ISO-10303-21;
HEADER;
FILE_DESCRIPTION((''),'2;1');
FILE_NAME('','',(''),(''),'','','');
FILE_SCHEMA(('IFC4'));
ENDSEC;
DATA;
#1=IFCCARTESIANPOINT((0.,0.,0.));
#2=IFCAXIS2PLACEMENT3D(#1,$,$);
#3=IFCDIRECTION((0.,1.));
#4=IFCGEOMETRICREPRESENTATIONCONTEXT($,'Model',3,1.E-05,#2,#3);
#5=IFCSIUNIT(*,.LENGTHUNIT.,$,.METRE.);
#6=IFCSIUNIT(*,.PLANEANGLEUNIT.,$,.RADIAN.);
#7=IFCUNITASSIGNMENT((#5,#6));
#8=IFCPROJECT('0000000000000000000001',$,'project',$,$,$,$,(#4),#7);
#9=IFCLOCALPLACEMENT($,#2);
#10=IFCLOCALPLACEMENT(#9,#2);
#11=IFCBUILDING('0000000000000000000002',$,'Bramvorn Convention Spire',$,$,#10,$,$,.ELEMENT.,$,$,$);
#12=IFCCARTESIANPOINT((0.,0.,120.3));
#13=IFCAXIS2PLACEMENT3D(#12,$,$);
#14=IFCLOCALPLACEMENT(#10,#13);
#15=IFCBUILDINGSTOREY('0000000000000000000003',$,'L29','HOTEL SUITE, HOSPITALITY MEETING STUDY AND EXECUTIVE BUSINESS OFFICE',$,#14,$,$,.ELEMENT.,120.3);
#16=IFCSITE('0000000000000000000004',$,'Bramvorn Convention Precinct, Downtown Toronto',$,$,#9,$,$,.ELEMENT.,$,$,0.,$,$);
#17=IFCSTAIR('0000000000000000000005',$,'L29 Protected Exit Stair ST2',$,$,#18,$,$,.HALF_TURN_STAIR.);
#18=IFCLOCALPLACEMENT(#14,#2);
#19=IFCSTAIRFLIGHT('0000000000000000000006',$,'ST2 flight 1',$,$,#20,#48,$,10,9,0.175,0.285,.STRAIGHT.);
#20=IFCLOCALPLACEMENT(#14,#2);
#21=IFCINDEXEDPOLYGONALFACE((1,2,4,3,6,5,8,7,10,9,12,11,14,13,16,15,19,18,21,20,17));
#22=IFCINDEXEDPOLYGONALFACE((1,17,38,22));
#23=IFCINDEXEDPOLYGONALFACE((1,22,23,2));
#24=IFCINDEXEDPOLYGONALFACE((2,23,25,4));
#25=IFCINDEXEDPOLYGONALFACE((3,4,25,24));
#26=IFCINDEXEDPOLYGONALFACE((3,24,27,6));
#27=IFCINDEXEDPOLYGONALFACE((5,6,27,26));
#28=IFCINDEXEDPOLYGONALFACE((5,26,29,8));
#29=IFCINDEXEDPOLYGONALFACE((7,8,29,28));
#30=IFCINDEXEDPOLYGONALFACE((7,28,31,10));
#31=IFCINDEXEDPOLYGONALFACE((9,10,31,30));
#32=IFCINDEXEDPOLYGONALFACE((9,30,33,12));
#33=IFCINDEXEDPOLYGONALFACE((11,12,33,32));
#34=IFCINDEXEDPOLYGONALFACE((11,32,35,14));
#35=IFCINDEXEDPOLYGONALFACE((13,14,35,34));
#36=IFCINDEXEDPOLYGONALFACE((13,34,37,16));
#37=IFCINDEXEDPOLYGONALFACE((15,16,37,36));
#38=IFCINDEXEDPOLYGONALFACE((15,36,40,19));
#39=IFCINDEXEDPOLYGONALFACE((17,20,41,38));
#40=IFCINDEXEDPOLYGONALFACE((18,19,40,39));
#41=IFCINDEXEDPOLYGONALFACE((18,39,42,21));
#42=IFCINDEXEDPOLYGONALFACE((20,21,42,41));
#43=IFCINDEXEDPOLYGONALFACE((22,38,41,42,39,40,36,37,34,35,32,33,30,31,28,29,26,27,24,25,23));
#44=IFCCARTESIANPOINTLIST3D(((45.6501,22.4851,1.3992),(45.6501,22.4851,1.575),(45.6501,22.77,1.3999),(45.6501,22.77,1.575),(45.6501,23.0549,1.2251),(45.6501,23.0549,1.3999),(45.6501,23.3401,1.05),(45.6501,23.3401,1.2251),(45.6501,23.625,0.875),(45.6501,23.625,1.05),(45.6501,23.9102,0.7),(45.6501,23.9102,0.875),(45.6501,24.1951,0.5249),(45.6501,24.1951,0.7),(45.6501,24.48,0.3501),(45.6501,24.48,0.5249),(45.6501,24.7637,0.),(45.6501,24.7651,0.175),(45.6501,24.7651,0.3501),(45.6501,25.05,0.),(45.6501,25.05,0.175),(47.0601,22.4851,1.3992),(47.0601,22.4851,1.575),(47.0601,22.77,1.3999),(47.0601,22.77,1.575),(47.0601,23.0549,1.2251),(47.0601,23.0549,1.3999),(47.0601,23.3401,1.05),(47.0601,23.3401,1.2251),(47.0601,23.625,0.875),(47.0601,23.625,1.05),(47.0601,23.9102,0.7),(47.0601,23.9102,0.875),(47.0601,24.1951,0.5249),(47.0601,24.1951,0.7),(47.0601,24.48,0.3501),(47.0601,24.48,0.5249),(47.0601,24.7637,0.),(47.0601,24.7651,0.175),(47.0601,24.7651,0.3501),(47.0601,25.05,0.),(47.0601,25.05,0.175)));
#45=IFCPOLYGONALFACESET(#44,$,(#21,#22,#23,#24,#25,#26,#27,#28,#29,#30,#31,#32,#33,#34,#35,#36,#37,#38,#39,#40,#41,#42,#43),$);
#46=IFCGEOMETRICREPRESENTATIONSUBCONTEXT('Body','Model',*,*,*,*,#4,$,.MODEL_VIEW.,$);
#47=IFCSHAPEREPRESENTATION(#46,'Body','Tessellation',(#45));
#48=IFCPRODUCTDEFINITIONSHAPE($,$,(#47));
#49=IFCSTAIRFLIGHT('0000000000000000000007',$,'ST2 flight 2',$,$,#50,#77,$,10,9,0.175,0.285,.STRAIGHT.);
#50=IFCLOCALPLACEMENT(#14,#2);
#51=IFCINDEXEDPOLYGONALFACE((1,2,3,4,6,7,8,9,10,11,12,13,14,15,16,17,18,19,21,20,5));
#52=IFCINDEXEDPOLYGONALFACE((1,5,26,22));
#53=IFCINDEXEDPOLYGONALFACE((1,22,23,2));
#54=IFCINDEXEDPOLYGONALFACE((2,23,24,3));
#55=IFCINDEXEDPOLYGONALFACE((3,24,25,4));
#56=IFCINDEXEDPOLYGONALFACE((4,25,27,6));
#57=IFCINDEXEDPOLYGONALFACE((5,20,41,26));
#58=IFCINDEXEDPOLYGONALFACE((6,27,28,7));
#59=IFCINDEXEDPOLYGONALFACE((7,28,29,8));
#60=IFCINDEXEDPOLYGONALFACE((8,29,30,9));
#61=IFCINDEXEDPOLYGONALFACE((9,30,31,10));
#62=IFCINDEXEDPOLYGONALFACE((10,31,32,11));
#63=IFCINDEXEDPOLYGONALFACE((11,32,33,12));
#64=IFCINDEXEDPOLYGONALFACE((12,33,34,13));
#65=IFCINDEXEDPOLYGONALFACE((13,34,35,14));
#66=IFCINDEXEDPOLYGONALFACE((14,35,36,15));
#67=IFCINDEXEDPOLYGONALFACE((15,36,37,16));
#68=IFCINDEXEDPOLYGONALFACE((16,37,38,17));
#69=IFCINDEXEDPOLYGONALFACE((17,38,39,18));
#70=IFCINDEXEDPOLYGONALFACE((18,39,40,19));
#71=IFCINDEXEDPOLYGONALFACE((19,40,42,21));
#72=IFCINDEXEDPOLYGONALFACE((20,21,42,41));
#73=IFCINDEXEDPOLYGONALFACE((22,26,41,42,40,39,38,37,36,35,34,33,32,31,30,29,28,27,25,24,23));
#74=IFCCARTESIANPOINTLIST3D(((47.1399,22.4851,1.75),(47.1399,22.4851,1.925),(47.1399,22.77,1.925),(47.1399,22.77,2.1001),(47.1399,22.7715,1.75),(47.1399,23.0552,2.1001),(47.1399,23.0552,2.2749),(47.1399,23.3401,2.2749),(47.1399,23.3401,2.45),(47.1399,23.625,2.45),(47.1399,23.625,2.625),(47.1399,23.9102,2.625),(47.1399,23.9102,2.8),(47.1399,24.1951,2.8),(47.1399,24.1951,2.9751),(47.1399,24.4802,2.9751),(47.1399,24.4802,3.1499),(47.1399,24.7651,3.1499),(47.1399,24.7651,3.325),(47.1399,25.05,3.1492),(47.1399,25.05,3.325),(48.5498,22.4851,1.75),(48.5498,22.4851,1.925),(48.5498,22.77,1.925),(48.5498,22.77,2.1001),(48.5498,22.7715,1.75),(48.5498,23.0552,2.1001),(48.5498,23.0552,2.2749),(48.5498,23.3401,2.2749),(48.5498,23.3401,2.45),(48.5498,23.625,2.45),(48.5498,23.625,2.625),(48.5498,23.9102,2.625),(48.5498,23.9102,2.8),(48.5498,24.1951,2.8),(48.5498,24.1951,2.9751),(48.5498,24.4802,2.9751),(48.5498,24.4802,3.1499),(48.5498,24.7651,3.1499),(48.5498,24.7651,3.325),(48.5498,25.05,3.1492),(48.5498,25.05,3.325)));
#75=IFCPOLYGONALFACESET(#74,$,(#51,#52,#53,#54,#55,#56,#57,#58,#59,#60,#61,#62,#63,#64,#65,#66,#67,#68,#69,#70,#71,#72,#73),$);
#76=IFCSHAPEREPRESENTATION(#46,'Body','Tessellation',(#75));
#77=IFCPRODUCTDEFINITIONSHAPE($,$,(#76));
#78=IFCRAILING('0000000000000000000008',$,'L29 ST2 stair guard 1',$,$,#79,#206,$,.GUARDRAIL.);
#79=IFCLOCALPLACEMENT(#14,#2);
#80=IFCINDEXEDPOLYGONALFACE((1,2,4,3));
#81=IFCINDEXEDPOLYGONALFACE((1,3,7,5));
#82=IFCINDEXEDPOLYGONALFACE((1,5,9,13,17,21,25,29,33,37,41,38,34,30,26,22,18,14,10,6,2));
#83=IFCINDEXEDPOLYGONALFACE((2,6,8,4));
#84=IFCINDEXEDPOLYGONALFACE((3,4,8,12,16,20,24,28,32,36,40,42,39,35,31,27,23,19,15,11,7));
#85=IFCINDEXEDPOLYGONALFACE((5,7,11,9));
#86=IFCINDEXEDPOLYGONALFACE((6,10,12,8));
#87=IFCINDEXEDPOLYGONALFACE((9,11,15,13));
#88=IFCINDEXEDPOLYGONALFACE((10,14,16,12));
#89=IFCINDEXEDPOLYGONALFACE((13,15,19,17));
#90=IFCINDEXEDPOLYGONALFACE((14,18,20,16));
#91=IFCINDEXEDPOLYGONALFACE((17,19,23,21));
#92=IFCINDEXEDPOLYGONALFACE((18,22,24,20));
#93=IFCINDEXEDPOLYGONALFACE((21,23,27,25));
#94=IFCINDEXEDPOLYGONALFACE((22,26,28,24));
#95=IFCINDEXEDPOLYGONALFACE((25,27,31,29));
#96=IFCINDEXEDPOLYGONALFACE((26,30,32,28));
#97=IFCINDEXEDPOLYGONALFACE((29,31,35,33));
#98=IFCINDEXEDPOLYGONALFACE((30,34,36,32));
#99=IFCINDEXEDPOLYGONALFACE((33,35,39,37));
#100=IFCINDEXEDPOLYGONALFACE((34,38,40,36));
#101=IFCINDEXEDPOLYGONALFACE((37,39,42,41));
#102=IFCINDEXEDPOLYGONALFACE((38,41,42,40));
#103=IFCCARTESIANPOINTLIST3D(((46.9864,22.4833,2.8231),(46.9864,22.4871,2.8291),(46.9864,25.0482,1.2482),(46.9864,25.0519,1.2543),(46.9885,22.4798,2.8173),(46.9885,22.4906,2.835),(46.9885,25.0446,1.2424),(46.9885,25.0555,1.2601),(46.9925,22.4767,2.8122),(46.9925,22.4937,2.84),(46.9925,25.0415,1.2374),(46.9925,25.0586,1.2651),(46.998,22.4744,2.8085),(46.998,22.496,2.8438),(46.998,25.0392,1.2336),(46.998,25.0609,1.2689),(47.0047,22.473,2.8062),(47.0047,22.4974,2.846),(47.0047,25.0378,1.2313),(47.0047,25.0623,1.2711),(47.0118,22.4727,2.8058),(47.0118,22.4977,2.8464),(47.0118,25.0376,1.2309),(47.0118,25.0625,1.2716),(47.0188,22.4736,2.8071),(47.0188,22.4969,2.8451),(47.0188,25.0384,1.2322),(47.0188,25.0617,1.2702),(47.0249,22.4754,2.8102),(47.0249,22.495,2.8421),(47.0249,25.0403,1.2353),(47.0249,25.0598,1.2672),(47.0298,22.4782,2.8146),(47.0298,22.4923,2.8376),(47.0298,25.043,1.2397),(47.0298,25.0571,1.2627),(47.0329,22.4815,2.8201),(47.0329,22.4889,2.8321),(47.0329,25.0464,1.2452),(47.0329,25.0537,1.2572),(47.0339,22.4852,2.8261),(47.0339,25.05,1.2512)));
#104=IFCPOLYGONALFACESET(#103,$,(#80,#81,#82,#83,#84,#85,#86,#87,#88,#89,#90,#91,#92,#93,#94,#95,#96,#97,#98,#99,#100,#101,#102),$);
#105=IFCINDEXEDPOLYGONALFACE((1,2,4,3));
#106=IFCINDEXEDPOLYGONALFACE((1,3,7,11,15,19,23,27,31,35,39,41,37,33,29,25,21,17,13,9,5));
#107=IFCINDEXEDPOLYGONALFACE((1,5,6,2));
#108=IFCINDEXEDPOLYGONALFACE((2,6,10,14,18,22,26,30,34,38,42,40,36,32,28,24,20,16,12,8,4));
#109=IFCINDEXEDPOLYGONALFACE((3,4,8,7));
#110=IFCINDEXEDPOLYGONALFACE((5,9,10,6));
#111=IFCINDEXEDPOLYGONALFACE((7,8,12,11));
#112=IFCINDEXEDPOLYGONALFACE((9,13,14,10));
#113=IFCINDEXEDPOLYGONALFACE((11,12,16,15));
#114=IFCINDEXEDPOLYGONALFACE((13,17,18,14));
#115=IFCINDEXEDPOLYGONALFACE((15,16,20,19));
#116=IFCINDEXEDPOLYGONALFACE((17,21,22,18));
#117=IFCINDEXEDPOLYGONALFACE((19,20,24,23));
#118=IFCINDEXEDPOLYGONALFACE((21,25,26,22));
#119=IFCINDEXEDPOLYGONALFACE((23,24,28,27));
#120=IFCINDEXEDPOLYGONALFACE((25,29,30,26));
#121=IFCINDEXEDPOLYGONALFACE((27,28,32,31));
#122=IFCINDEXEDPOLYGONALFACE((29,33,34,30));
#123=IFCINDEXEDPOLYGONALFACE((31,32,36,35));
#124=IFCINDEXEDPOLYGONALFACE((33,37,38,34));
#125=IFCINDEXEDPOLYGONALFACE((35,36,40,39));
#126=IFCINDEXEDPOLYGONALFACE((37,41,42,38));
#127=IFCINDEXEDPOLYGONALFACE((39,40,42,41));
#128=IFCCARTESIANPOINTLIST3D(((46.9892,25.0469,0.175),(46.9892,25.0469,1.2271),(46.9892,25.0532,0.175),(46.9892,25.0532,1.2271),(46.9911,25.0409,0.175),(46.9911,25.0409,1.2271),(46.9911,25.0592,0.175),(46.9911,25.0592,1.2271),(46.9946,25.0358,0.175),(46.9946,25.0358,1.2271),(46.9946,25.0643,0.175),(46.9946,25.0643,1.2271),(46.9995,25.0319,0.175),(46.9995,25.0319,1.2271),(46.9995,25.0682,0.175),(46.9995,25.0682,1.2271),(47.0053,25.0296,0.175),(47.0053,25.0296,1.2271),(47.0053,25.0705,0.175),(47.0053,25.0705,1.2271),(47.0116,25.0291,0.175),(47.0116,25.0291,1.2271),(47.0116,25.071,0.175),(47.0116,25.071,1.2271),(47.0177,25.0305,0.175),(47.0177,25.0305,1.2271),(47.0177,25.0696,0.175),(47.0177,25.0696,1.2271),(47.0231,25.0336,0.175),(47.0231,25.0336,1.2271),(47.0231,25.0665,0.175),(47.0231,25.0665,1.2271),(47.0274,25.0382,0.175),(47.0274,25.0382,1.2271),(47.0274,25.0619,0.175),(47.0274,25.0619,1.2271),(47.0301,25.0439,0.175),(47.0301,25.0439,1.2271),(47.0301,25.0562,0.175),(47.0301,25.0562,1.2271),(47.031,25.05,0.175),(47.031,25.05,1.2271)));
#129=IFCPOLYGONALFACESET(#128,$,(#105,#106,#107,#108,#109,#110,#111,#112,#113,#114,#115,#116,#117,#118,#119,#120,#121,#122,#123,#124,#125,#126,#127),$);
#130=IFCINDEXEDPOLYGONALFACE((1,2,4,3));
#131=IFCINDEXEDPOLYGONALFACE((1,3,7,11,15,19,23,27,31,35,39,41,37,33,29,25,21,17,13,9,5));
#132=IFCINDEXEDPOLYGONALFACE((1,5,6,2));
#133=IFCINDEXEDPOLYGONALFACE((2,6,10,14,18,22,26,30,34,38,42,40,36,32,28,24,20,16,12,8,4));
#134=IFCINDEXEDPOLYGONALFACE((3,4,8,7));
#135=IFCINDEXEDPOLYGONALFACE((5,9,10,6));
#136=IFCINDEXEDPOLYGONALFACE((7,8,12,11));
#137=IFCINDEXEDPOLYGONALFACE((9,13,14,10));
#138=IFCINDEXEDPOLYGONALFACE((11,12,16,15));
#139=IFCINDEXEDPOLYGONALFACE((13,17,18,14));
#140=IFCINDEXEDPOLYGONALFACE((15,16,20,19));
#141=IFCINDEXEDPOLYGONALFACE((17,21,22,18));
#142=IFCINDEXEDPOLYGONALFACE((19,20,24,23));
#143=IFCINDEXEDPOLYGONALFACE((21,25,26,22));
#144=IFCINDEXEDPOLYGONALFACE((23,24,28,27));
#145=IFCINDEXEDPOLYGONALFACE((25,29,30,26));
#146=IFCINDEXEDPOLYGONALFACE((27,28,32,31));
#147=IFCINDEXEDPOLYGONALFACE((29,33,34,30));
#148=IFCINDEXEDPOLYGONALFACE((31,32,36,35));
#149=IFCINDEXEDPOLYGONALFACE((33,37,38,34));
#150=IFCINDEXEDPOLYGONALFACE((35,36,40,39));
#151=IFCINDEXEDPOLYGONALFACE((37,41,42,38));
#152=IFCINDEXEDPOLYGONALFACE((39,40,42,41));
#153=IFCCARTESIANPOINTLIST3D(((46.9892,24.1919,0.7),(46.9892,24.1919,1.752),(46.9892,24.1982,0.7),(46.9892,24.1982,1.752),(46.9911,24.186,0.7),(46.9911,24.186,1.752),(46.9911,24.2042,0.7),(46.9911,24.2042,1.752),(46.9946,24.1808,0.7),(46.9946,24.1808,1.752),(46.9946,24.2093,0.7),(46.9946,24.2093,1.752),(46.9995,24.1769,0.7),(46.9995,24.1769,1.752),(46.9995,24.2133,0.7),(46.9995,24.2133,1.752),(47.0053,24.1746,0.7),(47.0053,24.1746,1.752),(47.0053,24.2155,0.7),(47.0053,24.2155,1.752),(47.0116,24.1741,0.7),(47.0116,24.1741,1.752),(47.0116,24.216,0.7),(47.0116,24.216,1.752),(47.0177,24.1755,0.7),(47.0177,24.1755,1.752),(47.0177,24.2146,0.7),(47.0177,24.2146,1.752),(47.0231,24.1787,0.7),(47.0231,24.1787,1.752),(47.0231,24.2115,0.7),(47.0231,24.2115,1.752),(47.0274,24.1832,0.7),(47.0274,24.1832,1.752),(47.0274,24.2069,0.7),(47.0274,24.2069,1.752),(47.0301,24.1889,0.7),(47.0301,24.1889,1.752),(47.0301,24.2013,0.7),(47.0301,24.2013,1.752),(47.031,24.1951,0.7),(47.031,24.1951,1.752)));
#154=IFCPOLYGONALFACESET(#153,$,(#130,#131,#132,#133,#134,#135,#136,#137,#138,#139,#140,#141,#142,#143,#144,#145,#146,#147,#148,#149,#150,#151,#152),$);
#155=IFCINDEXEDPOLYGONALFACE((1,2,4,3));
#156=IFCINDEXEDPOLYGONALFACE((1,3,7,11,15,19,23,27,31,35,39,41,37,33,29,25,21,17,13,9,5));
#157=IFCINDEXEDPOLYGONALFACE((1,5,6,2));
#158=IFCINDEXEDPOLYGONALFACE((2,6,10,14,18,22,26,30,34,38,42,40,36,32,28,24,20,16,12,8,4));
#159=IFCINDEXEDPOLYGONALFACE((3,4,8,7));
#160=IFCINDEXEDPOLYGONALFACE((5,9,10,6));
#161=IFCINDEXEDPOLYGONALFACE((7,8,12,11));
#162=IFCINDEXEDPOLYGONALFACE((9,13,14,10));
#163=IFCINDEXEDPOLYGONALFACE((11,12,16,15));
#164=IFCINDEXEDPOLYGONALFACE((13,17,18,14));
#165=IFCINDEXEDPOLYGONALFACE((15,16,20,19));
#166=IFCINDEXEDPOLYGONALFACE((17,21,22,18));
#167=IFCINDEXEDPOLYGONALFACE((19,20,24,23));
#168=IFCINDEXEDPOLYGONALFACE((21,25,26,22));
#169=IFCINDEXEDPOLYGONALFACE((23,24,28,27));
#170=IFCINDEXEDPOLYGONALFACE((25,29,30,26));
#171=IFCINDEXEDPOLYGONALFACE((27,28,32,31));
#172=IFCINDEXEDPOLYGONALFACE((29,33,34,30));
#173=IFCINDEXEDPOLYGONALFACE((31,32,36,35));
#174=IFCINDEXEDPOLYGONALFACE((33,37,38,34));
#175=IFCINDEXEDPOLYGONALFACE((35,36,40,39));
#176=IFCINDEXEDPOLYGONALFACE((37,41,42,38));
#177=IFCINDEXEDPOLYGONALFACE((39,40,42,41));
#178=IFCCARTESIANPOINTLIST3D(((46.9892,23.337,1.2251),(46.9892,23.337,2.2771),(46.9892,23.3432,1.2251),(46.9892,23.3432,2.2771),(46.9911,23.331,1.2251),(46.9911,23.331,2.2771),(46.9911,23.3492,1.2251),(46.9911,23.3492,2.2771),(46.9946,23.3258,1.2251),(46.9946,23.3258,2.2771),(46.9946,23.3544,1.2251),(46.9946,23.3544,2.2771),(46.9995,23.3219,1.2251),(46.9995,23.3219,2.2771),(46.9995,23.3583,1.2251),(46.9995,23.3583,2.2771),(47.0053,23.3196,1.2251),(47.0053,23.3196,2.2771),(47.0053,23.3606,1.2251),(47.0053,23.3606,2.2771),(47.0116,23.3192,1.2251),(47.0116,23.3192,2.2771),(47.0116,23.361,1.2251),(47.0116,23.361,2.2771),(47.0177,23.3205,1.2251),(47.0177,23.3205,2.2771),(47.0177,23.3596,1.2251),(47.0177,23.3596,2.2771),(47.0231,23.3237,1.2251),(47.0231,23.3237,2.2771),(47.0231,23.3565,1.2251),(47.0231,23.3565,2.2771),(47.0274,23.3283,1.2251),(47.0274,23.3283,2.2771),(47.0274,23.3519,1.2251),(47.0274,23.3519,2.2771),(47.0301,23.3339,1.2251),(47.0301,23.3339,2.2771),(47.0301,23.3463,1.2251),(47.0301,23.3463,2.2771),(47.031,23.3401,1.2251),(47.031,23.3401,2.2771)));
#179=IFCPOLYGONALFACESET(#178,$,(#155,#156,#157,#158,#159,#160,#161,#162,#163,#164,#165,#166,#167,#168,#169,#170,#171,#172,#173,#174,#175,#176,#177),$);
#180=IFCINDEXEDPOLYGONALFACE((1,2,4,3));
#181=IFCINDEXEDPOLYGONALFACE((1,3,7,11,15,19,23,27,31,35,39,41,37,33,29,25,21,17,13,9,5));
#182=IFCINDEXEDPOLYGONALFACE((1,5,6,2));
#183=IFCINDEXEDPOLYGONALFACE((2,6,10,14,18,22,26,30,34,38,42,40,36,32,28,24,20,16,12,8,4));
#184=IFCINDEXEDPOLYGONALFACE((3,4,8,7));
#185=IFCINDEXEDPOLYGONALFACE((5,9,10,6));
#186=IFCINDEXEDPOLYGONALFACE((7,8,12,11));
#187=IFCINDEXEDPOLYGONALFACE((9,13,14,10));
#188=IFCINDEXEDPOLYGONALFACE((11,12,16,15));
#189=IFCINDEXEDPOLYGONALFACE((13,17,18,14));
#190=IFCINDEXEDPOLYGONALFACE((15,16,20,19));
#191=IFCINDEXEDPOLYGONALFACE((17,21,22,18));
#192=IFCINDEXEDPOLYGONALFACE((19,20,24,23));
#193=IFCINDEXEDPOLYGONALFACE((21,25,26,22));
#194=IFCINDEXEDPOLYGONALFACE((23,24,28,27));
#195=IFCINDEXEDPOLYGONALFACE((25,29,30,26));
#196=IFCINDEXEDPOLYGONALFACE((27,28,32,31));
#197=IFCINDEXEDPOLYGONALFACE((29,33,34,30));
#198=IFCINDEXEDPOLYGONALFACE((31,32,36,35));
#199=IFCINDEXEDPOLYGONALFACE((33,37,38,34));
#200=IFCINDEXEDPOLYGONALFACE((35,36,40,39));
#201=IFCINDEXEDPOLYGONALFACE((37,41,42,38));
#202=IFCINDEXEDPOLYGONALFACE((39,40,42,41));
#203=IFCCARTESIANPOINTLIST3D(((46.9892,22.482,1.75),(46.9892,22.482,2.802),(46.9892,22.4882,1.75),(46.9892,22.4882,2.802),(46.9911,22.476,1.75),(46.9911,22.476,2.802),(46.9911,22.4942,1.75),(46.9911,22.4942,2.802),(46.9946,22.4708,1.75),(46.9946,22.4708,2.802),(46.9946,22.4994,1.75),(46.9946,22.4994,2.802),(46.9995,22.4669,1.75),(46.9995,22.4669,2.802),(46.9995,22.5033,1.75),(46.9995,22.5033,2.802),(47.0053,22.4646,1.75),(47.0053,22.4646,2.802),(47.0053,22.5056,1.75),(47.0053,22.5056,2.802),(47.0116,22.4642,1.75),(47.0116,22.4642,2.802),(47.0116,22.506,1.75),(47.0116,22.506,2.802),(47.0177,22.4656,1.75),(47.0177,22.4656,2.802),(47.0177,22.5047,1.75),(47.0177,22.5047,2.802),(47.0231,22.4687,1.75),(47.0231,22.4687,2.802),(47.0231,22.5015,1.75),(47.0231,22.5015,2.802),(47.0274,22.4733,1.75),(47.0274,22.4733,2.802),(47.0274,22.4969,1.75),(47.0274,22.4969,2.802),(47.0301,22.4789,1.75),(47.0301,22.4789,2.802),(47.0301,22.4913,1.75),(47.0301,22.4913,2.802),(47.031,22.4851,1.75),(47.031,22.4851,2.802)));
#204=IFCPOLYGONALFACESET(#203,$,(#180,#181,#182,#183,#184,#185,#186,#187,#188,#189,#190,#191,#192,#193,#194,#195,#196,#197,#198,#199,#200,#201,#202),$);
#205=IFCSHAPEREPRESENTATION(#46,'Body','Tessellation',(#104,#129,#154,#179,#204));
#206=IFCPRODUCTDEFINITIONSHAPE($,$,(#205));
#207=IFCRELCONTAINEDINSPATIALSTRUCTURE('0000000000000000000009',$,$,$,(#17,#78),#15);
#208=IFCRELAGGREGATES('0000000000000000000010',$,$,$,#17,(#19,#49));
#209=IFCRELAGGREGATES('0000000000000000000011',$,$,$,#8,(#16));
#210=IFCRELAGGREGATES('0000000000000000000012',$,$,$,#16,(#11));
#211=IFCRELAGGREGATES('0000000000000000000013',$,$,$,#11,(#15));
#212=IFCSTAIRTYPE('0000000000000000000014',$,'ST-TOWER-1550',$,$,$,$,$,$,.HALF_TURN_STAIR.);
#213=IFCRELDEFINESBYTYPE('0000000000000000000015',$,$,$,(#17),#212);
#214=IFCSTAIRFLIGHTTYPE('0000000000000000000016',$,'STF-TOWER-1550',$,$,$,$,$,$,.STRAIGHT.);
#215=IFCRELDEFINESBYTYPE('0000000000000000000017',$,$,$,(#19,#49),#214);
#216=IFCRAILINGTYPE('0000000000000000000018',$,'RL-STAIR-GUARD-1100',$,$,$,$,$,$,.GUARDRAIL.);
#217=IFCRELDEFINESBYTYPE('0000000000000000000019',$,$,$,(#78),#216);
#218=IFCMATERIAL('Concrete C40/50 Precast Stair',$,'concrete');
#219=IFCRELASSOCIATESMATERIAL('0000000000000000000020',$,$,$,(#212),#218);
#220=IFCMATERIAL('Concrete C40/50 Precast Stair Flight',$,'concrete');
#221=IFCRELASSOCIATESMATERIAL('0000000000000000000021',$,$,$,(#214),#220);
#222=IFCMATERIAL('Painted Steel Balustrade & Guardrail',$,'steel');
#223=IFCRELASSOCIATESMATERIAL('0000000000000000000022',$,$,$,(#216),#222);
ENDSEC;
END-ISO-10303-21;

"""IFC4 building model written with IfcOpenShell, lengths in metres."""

from ifc_helpers import new_model, si_unit, direction, frame, origin, origin_2d, place, context, subcontext, project, spatial, polyline, circle, outline, extrude, material, type_object, element, aggregate, save


model = new_model("IFC4")

# Units and contexts
model_context = context("Model", 3, precision=1e-05, world=origin(), true_north=direction((0.0, 1.0)))
body_context = subcontext(model_context, "Body", "Model", "MODEL_VIEW")
ifc_project = project(units=[si_unit("LENGTHUNIT", "METRE"), si_unit("PLANEANGLEUNIT", "RADIAN")], contexts=[model_context])

# Site, building, storey
site_placement = place(None, origin())
site = spatial("IfcSite", under=ifc_project, at=site_placement, Name="Bramvorn Convention Precinct, Downtown Toronto", CompositionType="ELEMENT", RefElevation=0.0)
building_placement = place(site_placement, origin())
building = spatial("IfcBuilding", under=site, at=building_placement, Name="Bramvorn Convention Spire", CompositionType="ELEMENT")
storey_placement = place(building_placement, frame((0.0, 0.0, 120.3)))
storey = spatial("IfcBuildingStorey", under=building, at=storey_placement, Name="L29", Description="HOTEL SUITE, HOSPITALITY MEETING STUDY AND EXECUTIVE BUSINESS OFFICE", CompositionType="ELEMENT", Elevation=120.3)

# Stair, stair flights
ifc_material_1 = material(Name="Concrete C40/50 Precast Stair", Category="concrete")
stair_type = type_object("IfcStairType", Name="ST-TOWER-1550", PredefinedType="HALF_TURN_STAIR", material=ifc_material_1)
stair_placement = place(storey_placement, origin())
stair = element("IfcStair", 1, at=stair_placement, inside=storey, type_object=stair_type, Name="L29 Protected Exit Stair ST2", PredefinedType="HALF_TURN_STAIR")
ifc_material_2 = material(Name="Concrete C40/50 Precast Stair Flight", Category="concrete")
stair_flight_type = type_object("IfcStairFlightType", Name="STF-TOWER-1550", PredefinedType="STRAIGHT", material=ifc_material_2)
stair_flight_1_placement = place(storey_placement, frame((46.355, 25.05, 0.0), z_axis=(0.0, 0.0, 1.0), x_axis=(0.0, -1.0, 0.0)))
stair_flight_1 = element("IfcStairFlight", 2, at=stair_flight_1_placement, type_object=stair_flight_type, Name="ST2 flight 1", NumberOfRisers=10, NumberOfTreads=9, PredefinedType="STRAIGHT", RiserHeight=0.175, TreadLength=0.285, context=body_context, shape_type="SweptSolid", body=[
    extrude(outline(polyline([(0.0, 0.0), (0.0, 0.175), (0.2849, 0.175), (0.2849, 0.3501), (0.5701, 0.3501), (0.5701, 0.5249), (0.855, 0.5249), (0.855, 0.7), (1.1399, 0.7), (1.1399, 0.875), (1.425, 0.875), (1.425, 1.05), (1.71, 1.05), (1.71, 1.2251), (1.9951, 1.2251), (1.9951, 1.3999), (2.28, 1.3999), (2.28, 1.575), (2.5649, 1.575), (2.5649, 1.75), (2.5649, 1.3992), (0.2864, 0.0), (0.0, 0.0)])), frame((0.0, 0.7051, 0.0), z_axis=(0.0, -1.0, 0.0), x_axis=(1.0, 0.0, 0.0)), (0.0, 0.0, 1.0), 1.4099),
])
stair_flight_2_placement = place(storey_placement, frame((47.845, 22.4851, 1.75), z_axis=(0.0, 0.0, 1.0), x_axis=(0.0, 1.0, 0.0)))
stair_flight_2 = element("IfcStairFlight", 3, at=stair_flight_2_placement, type_object=stair_flight_type, Name="ST2 flight 2", NumberOfRisers=10, NumberOfTreads=9, PredefinedType="STRAIGHT", RiserHeight=0.175, TreadLength=0.285, context=body_context, shape_type="SweptSolid", body=[
    extrude(outline(polyline([(0.0, 0.0), (0.0, 0.175), (0.2849, 0.175), (0.2849, 0.3501), (0.5701, 0.3501), (0.5701, 0.5249), (0.855, 0.5249), (0.855, 0.7), (1.1399, 0.7), (1.1399, 0.875), (1.425, 0.875), (1.425, 1.05), (1.71, 1.05), (1.71, 1.2251), (1.9951, 1.2251), (1.9951, 1.3999), (2.28, 1.3999), (2.28, 1.575), (2.5649, 1.575), (2.5649, 1.75), (2.5649, 1.3992), (0.2864, 0.0), (0.0, 0.0)])), frame((0.0, 0.7051, 0.0), z_axis=(0.0, -1.0, 0.0), x_axis=(1.0, 0.0, 0.0)), (0.0, 0.0, 1.0), 1.4099),
])
aggregate(stair, [stair_flight_1, stair_flight_2])

# Railing
ifc_material_3 = material(Name="Painted Steel Balustrade & Guardrail", Category="steel")
railing_type_1 = type_object("IfcRailingType", Name="RL-STAIR-GUARD-1100", PredefinedType="GUARDRAIL", material=ifc_material_3)
railing_1_placement = place(storey_placement, frame((47.01, 25.05, 0.175)))
element("IfcRailing", 4, at=railing_1_placement, inside=storey, type_object=railing_type_1, Name="L29 ST2 stair guard 1", PredefinedType="GUARDRAIL", context=body_context, shape_type="SweptSolid", body=[
    extrude(circle(Radius=0.0239, at=origin_2d()), frame((0.0, 0.0, 1.0762), z_axis=(0.0, -0.852173, 0.52326), x_axis=(1.0, 0.0, 0.0)), (0.0, 0.0, 1.0), 3.0098),
    extrude(circle(Radius=0.021, at=origin_2d()), origin(), (0.0, 0.0, 1.0), 1.052),
    extrude(circle(Radius=0.021, at=origin_2d()), frame((0.0, -0.855, 0.5249)), (0.0, 0.0, 1.0), 1.052),
    extrude(circle(Radius=0.021, at=origin_2d()), frame((0.0, -1.71, 1.05)), (0.0, 0.0, 1.0), 1.052),
    extrude(circle(Radius=0.021, at=origin_2d()), frame((0.0, -2.5649, 1.575)), (0.0, 0.0, 1.0), 1.052),
])

save(model, "model.ifc")
